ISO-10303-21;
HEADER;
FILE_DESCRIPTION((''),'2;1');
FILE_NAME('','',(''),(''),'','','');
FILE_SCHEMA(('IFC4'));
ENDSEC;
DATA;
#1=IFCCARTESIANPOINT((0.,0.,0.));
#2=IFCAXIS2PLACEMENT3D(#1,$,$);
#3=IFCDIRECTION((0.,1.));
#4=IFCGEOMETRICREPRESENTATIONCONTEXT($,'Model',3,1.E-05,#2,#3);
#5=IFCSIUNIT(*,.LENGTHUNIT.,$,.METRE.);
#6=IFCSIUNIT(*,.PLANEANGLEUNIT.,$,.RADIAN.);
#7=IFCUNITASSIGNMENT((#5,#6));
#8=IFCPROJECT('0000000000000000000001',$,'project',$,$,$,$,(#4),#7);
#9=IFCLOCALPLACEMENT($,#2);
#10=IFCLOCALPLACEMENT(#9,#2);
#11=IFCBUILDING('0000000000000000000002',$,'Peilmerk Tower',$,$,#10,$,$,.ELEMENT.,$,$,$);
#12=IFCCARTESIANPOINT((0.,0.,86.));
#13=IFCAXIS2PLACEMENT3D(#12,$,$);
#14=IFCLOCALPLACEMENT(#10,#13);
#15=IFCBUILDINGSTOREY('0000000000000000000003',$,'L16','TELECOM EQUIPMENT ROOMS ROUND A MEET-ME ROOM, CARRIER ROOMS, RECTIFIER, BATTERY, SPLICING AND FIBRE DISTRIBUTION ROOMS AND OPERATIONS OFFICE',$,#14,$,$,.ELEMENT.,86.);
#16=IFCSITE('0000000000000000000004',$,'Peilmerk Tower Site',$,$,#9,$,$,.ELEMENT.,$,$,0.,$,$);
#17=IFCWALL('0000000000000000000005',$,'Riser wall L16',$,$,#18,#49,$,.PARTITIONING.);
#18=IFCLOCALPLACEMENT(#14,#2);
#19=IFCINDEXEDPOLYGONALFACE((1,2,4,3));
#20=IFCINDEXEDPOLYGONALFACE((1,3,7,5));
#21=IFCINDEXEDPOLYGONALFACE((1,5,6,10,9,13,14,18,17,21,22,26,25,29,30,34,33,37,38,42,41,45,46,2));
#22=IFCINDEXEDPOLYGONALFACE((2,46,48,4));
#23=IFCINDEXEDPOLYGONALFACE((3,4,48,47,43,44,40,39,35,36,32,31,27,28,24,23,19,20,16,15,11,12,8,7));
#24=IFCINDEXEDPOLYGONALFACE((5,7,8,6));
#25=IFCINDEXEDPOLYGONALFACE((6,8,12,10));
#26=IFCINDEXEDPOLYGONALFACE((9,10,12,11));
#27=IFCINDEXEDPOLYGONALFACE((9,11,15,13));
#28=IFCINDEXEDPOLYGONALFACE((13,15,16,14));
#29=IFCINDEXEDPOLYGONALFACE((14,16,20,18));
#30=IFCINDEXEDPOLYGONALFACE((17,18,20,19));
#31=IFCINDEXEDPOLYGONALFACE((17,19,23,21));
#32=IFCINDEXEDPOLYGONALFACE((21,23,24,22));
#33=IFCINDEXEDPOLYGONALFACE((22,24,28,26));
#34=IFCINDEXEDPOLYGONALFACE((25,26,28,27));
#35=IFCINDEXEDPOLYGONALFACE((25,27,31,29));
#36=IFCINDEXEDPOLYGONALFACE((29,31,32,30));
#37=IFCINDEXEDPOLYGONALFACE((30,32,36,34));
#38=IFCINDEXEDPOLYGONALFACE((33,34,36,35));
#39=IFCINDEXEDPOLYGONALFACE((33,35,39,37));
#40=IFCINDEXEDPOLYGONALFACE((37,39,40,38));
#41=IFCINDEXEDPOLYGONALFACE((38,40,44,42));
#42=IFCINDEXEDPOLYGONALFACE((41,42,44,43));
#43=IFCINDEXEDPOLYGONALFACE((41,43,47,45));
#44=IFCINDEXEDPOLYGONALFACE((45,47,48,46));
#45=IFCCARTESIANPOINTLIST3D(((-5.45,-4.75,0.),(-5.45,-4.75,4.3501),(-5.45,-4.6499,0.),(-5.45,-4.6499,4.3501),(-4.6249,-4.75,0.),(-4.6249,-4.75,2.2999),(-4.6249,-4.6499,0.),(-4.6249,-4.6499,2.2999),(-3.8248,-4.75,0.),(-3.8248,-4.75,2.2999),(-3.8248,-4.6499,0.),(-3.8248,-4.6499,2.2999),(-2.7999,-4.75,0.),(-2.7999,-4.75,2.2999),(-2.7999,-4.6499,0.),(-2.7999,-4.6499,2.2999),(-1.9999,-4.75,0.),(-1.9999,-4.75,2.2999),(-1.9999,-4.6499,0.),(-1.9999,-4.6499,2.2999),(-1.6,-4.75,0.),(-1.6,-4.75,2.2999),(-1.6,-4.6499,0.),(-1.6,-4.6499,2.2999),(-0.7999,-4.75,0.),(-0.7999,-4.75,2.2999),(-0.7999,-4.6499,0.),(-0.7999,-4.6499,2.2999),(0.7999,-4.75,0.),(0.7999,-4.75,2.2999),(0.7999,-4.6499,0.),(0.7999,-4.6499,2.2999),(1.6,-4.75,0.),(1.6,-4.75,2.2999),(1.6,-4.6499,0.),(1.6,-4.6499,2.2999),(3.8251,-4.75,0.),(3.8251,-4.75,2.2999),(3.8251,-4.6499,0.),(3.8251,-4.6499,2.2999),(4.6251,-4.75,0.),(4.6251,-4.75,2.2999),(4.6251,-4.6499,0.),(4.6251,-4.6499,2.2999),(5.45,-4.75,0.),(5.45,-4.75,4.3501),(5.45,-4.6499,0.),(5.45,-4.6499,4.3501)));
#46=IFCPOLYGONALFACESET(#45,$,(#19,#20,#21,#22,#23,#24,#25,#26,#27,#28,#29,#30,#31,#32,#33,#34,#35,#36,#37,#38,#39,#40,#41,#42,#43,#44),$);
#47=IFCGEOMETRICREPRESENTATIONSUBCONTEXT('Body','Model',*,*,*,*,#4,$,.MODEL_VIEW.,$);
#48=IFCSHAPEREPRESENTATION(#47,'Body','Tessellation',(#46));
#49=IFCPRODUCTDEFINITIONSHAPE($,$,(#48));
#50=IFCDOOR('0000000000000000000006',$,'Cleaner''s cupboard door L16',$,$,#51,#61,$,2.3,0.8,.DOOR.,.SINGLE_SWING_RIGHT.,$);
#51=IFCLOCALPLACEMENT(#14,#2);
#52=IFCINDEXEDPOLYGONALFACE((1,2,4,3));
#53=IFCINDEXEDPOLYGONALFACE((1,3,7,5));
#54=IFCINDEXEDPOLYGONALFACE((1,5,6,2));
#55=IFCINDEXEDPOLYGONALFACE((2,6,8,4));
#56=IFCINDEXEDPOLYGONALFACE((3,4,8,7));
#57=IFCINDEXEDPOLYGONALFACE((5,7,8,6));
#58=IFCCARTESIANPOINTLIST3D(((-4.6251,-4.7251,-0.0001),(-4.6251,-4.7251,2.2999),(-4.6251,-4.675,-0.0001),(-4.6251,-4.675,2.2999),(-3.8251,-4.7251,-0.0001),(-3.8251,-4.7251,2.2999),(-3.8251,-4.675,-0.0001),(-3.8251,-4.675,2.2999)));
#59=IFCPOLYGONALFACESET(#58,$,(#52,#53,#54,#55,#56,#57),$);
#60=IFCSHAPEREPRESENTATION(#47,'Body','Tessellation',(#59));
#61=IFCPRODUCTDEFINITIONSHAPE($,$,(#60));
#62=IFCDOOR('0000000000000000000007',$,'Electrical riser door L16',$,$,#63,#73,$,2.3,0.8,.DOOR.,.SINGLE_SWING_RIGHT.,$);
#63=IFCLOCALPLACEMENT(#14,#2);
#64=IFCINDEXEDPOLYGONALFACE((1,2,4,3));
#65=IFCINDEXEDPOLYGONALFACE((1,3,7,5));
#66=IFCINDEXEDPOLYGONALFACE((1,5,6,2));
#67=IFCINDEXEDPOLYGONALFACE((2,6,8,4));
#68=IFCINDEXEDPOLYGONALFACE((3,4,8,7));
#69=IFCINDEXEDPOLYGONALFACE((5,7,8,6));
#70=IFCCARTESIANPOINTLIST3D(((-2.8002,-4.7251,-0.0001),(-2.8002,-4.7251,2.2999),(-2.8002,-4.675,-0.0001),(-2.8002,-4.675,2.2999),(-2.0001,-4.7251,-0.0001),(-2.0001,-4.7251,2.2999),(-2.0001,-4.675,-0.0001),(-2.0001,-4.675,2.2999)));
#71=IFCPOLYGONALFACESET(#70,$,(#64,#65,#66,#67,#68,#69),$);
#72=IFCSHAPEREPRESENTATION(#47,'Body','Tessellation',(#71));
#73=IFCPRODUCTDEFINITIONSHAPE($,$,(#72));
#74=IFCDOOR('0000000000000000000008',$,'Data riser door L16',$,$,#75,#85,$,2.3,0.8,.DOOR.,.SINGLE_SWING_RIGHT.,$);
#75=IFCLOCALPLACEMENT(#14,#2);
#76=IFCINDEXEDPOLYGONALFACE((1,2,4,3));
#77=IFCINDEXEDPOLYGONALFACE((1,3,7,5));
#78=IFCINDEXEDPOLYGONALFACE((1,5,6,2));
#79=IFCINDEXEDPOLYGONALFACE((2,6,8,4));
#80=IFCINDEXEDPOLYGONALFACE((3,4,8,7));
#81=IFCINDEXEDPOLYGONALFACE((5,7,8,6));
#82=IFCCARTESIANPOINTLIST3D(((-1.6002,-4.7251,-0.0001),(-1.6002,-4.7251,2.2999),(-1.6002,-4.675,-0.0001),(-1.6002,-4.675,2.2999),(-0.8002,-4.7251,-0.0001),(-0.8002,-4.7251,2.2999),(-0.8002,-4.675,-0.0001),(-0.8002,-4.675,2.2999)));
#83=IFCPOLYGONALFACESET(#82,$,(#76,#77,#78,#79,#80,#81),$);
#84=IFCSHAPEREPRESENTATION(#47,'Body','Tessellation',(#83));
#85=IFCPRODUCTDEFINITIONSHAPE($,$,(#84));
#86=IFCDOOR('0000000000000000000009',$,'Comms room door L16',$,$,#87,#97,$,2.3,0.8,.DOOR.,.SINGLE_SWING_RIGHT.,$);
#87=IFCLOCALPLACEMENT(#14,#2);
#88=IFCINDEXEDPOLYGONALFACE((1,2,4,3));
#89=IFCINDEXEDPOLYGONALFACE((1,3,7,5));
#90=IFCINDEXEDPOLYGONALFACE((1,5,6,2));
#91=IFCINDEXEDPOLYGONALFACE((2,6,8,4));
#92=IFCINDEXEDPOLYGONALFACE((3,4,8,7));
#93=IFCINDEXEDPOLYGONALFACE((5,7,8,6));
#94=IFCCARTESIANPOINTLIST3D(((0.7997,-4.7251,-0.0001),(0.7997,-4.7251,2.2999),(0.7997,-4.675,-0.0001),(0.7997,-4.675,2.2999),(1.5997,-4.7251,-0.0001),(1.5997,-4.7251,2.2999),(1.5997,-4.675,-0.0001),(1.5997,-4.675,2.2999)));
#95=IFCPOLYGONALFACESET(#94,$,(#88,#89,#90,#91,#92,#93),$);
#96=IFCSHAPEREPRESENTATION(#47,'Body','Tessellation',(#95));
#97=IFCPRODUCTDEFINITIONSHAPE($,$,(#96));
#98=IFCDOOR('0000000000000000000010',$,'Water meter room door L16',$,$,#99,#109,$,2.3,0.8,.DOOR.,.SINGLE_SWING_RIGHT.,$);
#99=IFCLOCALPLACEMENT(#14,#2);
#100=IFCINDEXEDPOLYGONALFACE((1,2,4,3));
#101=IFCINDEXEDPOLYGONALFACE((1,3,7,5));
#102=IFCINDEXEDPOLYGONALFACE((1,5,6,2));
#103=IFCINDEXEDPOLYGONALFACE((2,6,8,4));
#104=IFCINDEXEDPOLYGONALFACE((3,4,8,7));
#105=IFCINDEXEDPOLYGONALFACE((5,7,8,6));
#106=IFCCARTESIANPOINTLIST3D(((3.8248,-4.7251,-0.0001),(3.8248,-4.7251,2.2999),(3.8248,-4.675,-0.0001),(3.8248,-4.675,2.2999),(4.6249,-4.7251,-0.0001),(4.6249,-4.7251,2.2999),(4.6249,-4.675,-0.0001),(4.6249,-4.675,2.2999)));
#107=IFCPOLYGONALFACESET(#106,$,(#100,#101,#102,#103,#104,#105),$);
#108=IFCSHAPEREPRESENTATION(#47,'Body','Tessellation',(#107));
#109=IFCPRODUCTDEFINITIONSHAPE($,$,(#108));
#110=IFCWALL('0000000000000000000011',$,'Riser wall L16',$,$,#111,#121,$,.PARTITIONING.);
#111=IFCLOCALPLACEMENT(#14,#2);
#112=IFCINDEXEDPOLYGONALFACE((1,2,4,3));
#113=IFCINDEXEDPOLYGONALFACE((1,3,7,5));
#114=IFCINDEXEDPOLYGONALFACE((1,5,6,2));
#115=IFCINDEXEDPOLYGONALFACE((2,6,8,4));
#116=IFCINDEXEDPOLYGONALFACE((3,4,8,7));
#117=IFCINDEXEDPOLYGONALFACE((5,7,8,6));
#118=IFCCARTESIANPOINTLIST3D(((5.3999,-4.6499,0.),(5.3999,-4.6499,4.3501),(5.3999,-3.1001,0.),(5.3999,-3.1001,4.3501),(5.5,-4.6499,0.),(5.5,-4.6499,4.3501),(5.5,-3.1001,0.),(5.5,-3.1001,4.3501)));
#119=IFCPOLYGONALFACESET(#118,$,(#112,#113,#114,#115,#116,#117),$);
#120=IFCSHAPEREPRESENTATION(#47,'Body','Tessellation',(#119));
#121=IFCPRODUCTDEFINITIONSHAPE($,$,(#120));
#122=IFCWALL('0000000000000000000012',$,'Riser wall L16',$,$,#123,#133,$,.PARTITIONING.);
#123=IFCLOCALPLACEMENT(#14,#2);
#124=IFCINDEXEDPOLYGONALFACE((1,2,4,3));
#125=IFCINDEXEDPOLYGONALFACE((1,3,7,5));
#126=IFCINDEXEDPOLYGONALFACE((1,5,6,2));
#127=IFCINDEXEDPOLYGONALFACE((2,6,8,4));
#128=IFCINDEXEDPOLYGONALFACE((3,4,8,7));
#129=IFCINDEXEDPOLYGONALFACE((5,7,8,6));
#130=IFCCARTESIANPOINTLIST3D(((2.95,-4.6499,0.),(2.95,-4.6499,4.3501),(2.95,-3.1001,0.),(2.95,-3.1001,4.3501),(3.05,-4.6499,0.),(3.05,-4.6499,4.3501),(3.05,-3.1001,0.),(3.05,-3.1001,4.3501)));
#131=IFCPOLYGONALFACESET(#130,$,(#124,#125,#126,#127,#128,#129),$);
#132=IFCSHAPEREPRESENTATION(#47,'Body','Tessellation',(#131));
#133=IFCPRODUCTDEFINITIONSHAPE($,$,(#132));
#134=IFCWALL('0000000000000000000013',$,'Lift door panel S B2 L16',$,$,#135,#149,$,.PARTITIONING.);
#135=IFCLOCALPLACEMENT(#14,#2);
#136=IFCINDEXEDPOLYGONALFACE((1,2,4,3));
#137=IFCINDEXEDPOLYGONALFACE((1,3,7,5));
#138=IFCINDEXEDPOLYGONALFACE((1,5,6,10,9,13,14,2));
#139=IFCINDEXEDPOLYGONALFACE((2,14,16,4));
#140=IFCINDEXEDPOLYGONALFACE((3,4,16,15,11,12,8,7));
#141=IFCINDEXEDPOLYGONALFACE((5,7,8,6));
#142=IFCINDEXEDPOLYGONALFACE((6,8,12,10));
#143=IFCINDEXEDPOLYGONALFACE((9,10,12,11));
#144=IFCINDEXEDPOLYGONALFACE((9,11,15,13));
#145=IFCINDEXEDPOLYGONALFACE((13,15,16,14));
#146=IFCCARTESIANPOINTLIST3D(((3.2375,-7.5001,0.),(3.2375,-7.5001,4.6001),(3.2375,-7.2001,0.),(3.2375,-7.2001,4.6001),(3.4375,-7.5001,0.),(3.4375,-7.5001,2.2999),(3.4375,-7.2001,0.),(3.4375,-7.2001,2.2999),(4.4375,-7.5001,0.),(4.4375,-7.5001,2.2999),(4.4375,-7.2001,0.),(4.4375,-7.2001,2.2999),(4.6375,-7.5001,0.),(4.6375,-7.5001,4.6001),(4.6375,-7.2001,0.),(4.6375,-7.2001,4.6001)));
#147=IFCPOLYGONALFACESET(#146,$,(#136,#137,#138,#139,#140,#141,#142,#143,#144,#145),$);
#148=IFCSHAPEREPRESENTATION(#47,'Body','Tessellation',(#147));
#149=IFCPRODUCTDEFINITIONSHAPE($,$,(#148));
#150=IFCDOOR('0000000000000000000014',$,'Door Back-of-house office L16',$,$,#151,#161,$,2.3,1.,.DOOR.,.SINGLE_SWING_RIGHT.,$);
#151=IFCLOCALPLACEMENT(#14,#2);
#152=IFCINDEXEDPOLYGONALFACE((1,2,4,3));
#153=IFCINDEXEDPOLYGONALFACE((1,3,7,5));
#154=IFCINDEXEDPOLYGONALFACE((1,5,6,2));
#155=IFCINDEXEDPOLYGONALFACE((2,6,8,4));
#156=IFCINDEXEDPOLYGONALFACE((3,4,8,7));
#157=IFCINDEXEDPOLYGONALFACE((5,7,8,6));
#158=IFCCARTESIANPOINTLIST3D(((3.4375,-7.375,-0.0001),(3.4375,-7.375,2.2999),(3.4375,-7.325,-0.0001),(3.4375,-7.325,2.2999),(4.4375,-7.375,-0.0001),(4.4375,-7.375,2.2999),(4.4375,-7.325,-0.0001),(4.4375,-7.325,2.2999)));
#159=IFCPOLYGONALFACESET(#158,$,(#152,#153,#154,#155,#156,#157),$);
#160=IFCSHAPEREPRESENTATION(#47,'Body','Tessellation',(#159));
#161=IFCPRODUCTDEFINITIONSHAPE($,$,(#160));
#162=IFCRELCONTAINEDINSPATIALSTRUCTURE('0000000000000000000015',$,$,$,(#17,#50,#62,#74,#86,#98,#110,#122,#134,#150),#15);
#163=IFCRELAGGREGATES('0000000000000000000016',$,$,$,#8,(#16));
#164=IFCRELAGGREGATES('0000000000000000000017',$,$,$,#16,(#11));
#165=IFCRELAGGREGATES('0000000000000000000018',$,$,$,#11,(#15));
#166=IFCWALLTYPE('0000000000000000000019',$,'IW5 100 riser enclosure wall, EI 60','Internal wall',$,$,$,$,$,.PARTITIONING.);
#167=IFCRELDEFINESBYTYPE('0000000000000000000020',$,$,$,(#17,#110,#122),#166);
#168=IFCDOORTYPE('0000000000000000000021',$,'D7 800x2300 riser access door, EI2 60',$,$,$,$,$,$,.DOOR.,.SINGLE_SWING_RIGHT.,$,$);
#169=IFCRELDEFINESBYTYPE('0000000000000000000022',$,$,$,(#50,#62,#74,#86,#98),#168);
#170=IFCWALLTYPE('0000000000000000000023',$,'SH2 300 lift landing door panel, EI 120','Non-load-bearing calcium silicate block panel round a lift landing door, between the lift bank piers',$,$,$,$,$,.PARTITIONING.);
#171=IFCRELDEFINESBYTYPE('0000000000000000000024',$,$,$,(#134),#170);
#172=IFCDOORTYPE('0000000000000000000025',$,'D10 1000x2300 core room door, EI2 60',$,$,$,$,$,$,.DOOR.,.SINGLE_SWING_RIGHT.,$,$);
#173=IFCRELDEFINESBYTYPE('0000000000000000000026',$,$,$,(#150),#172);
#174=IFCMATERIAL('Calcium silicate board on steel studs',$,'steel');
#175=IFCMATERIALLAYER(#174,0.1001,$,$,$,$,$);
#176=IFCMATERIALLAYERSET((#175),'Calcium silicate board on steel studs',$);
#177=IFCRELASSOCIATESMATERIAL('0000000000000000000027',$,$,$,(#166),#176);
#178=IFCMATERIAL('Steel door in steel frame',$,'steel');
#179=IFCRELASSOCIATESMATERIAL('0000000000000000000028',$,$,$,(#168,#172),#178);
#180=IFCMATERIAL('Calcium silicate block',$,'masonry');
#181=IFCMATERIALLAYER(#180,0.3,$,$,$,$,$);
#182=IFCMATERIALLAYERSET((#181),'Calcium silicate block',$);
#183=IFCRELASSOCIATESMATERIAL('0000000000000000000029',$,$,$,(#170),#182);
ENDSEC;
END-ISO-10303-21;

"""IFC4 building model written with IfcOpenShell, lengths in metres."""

from ifc_helpers import new_model, si_unit, direction, frame, frame_2d, origin, place, context, subcontext, project, spatial, rectangle, extrude, material, layer, layer_set, type_object, element, fill, save


model = new_model("IFC4")

# Units and contexts
model_context = context("Model", 3, precision=1e-05, world=origin(), true_north=direction((0.0, 1.0)))
body_context = subcontext(model_context, "Body", "Model", "MODEL_VIEW")
ifc_project = project(units=[si_unit("LENGTHUNIT", "METRE"), si_unit("PLANEANGLEUNIT", "RADIAN")], contexts=[model_context])

# Site, building, storey
site_placement = place(None, origin())
site = spatial("IfcSite", under=ifc_project, at=site_placement, Name="Peilmerk Tower Site", CompositionType="ELEMENT", RefElevation=0.0)
building_placement = place(site_placement, origin())
building = spatial("IfcBuilding", under=site, at=building_placement, Name="Peilmerk Tower", CompositionType="ELEMENT")
storey_placement = place(building_placement, frame((0.0, 0.0, 86.0)))
storey = spatial("IfcBuildingStorey", under=building, at=storey_placement, Name="L16", Description="TELECOM EQUIPMENT ROOMS ROUND A MEET-ME ROOM, CARRIER ROOMS, RECTIFIER, BATTERY, SPLICING AND FIBRE DISTRIBUTION ROOMS AND OPERATIONS OFFICE", CompositionType="ELEMENT", Elevation=86.0)

# Shared definitions
ifc_material_1 = material(Name="Steel door in steel frame", Category="steel")

# Shared definitions
ifc_material_2 = material(Name="Calcium silicate board on steel studs", Category="steel")
ifc_layer_1 = layer(ifc_material_2, 0.1001)
ifc_layer_set_1 = layer_set([ifc_layer_1], Name="Calcium silicate board on steel studs")
wall_type_1 = type_object("IfcWallType", Name="IW5 100 riser enclosure wall, EI 60", Description="Internal wall", PredefinedType="PARTITIONING", material=ifc_layer_set_1)

# Wall, openings, doors
wall_1_placement = place(storey_placement, frame((5.45, -4.7, 0.0), z_axis=(0.0, 0.0, 1.0), x_axis=(-1.0, 0.0, 0.0)))
wall_1 = element("IfcWall", 1, at=wall_1_placement, inside=storey, type_object=wall_type_1, Name="Riser wall L16", PredefinedType="PARTITIONING", context=body_context, shape_type="SweptSolid", body=[
    extrude(rectangle(XDim=10.8999, YDim=0.1001, at=frame_2d((5.45, 0.0))), origin(), (0.0, 0.0, 1.0), 4.3501),
])
opening_1_placement = place(wall_1_placement, frame((9.2749, 0.0, 0.0)))
opening_1 = element("IfcOpeningElement", 2, at=opening_1_placement, cuts=wall_1, PredefinedType="OPENING", context=body_context, shape_type="SweptSolid", body=[
    extrude(rectangle(XDim=0.8, YDim=2.3, at=frame_2d((0.3999, 1.1499))), frame((0.0, 0.0601, 0.0), z_axis=(0.0, -1.0, 0.0), x_axis=(1.0, 0.0, 0.0)), (0.0, 0.0, 1.0), 0.1201),
])
opening_2_placement = place(wall_1_placement, frame((7.45, 0.0, 0.0)))
opening_2 = element("IfcOpeningElement", 3, at=opening_2_placement, cuts=wall_1, PredefinedType="OPENING", context=body_context, shape_type="SweptSolid", body=[
    extrude(rectangle(XDim=0.8, YDim=2.3, at=frame_2d((0.3999, 1.1499))), frame((0.0, 0.0601, 0.0), z_axis=(0.0, -1.0, 0.0), x_axis=(1.0, 0.0, 0.0)), (0.0, 0.0, 1.0), 0.1201),
])
opening_3_placement = place(wall_1_placement, frame((6.25, 0.0, 0.0)))
opening_3 = element("IfcOpeningElement", 4, at=opening_3_placement, cuts=wall_1, PredefinedType="OPENING", context=body_context, shape_type="SweptSolid", body=[
    extrude(rectangle(XDim=0.8, YDim=2.3, at=frame_2d((0.3999, 1.1499))), frame((0.0, 0.0601, 0.0), z_axis=(0.0, -1.0, 0.0), x_axis=(1.0, 0.0, 0.0)), (0.0, 0.0, 1.0), 0.1201),
])
opening_4_placement = place(wall_1_placement, frame((3.8501, 0.0, 0.0)))
opening_4 = element("IfcOpeningElement", 5, at=opening_4_placement, cuts=wall_1, PredefinedType="OPENING", context=body_context, shape_type="SweptSolid", body=[
    extrude(rectangle(XDim=0.8, YDim=2.3, at=frame_2d((0.3999, 1.1499))), frame((0.0, 0.0601, 0.0), z_axis=(0.0, -1.0, 0.0), x_axis=(1.0, 0.0, 0.0)), (0.0, 0.0, 1.0), 0.1201),
])
opening_5_placement = place(wall_1_placement, frame((0.825, 0.0, 0.0)))
opening_5 = element("IfcOpeningElement", 6, at=opening_5_placement, cuts=wall_1, PredefinedType="OPENING", context=body_context, shape_type="SweptSolid", body=[
    extrude(rectangle(XDim=0.8, YDim=2.3, at=frame_2d((0.3999, 1.1499))), frame((0.0, 0.0601, 0.0), z_axis=(0.0, -1.0, 0.0), x_axis=(1.0, 0.0, 0.0)), (0.0, 0.0, 1.0), 0.1201),
])
door_type_1 = type_object("IfcDoorType", Name="D7 800x2300 riser access door, EI2 60", OperationType="SINGLE_SWING_RIGHT", PredefinedType="DOOR", material=ifc_material_1)
door_1_placement = place(opening_1_placement, frame((0.8, 0.0, 0.0), z_axis=(0.0, 0.0, 1.0), x_axis=(-1.0, 0.0, 0.0)))
door_1 = element("IfcDoor", 7, at=door_1_placement, inside=storey, type_object=door_type_1, Name="Cleaner's cupboard door L16", OperationType="SINGLE_SWING_RIGHT", OverallHeight=2.3, OverallWidth=0.8, PredefinedType="DOOR", context=body_context, shape_type="SweptSolid", body=[
    extrude(rectangle(XDim=0.8, YDim=2.3, at=frame_2d((0.3999, 1.1499))), frame((0.0, 0.0249, 0.0), z_axis=(0.0, -1.0, 0.0), x_axis=(1.0, 0.0, 0.0)), (0.0, 0.0, 1.0), 0.05),
])
fill(opening_1, door_1)
door_2_placement = place(opening_2_placement, frame((0.8, 0.0, 0.0), z_axis=(0.0, 0.0, 1.0), x_axis=(-1.0, 0.0, 0.0)))
door_2 = element("IfcDoor", 8, at=door_2_placement, inside=storey, type_object=door_type_1, Name="Electrical riser door L16", OperationType="SINGLE_SWING_RIGHT", OverallHeight=2.3, OverallWidth=0.8, PredefinedType="DOOR", context=body_context, shape_type="SweptSolid", body=[
    extrude(rectangle(XDim=0.8, YDim=2.3, at=frame_2d((0.3999, 1.1499))), frame((0.0, 0.0249, 0.0), z_axis=(0.0, -1.0, 0.0), x_axis=(1.0, 0.0, 0.0)), (0.0, 0.0, 1.0), 0.05),
])
fill(opening_2, door_2)
door_3_placement = place(opening_3_placement, frame((0.8, 0.0, 0.0), z_axis=(0.0, 0.0, 1.0), x_axis=(-1.0, 0.0, 0.0)))
door_3 = element("IfcDoor", 9, at=door_3_placement, inside=storey, type_object=door_type_1, Name="Data riser door L16", OperationType="SINGLE_SWING_RIGHT", OverallHeight=2.3, OverallWidth=0.8, PredefinedType="DOOR", context=body_context, shape_type="SweptSolid", body=[
    extrude(rectangle(XDim=0.8, YDim=2.3, at=frame_2d((0.3999, 1.1499))), frame((0.0, 0.0249, 0.0), z_axis=(0.0, -1.0, 0.0), x_axis=(1.0, 0.0, 0.0)), (0.0, 0.0, 1.0), 0.05),
])
fill(opening_3, door_3)
door_4_placement = place(opening_4_placement, frame((0.8, 0.0, 0.0), z_axis=(0.0, 0.0, 1.0), x_axis=(-1.0, 0.0, 0.0)))
door_4 = element("IfcDoor", 10, at=door_4_placement, inside=storey, type_object=door_type_1, Name="Comms room door L16", OperationType="SINGLE_SWING_RIGHT", OverallHeight=2.3, OverallWidth=0.8, PredefinedType="DOOR", context=body_context, shape_type="SweptSolid", body=[
    extrude(rectangle(XDim=0.8, YDim=2.3, at=frame_2d((0.3999, 1.1499))), frame((0.0, 0.0249, 0.0), z_axis=(0.0, -1.0, 0.0), x_axis=(1.0, 0.0, 0.0)), (0.0, 0.0, 1.0), 0.05),
])
fill(opening_4, door_4)
door_5_placement = place(opening_5_placement, frame((0.8, 0.0, 0.0), z_axis=(0.0, 0.0, 1.0), x_axis=(-1.0, 0.0, 0.0)))
door_5 = element("IfcDoor", 11, at=door_5_placement, inside=storey, type_object=door_type_1, Name="Water meter room door L16", OperationType="SINGLE_SWING_RIGHT", OverallHeight=2.3, OverallWidth=0.8, PredefinedType="DOOR", context=body_context, shape_type="SweptSolid", body=[
    extrude(rectangle(XDim=0.8, YDim=2.3, at=frame_2d((0.3999, 1.1499))), frame((0.0, 0.0249, 0.0), z_axis=(0.0, -1.0, 0.0), x_axis=(1.0, 0.0, 0.0)), (0.0, 0.0, 1.0), 0.05),
])
fill(opening_5, door_5)

# Walls
for number, where, z_axis, x_axis, name in (
    (12, (5.45, -3.1001, 0.0), (0.0, 0.0, 1.0), (0.0, -1.0, 0.0), "Riser wall L16"),
    (13, (3.0, -3.1001, 0.0), (0.0, 0.0, 1.0), (0.0, -1.0, 0.0), "Riser wall L16"),
):
    element("IfcWall", number, at=place(storey_placement, frame(where, z_axis=z_axis, x_axis=x_axis)), inside=storey, type_object=wall_type_1, Name=name, PredefinedType="PARTITIONING", context=body_context, shape_type="SweptSolid", body=[
        extrude(rectangle(XDim=1.5498, YDim=0.1001, at=frame_2d((0.7749, 0.0))), origin(), (0.0, 0.0, 1.0), 4.3501),
    ])

# Wall, opening, door
ifc_material_3 = material(Name="Calcium silicate block", Category="masonry")
ifc_layer_2 = layer(ifc_material_3, 0.3)
ifc_layer_set_2 = layer_set([ifc_layer_2], Name="Calcium silicate block")
wall_type_2 = type_object("IfcWallType", Name="SH2 300 lift landing door panel, EI 120", Description="Non-load-bearing calcium silicate block panel round a lift landing door, between the lift bank piers", PredefinedType="PARTITIONING", material=ifc_layer_set_2)
wall_2_placement = place(storey_placement, frame((3.2375, -7.3501, 0.0), z_axis=(0.0, 0.0, 1.0), x_axis=(1.0, 0.0, 0.0)))
wall_2 = element("IfcWall", 14, at=wall_2_placement, inside=storey, type_object=wall_type_2, Name="Lift door panel S B2 L16", PredefinedType="PARTITIONING", context=body_context, shape_type="SweptSolid", body=[
    extrude(rectangle(XDim=1.3999, YDim=0.3, at=frame_2d((0.7, 0.0))), origin(), (0.0, 0.0, 1.0), 4.6001),
])
opening_6_placement = place(wall_2_placement, frame((0.2, 0.0, 0.0)))
opening_6 = element("IfcOpeningElement", 15, at=opening_6_placement, cuts=wall_2, PredefinedType="OPENING", context=body_context, shape_type="SweptSolid", body=[
    extrude(rectangle(XDim=1.0, YDim=2.3, at=frame_2d((0.5, 1.1499))), frame((0.0, 0.1599, 0.0), z_axis=(0.0, -1.0, 0.0), x_axis=(1.0, 0.0, 0.0)), (0.0, 0.0, 1.0), 0.3201),
])
door_type_2 = type_object("IfcDoorType", Name="D10 1000x2300 core room door, EI2 60", OperationType="SINGLE_SWING_RIGHT", PredefinedType="DOOR", material=ifc_material_1)
door_6_placement = place(opening_6_placement, frame((1.0, 0.0, 0.0), z_axis=(0.0, 0.0, 1.0), x_axis=(-1.0, 0.0, 0.0)))
door_6 = element("IfcDoor", 16, at=door_6_placement, inside=storey, type_object=door_type_2, Name="Door Back-of-house office L16", OperationType="SINGLE_SWING_RIGHT", OverallHeight=2.3, OverallWidth=1.0, PredefinedType="DOOR", context=body_context, shape_type="SweptSolid", body=[
    extrude(rectangle(XDim=1.0, YDim=2.3, at=frame_2d((0.5, 1.1499))), frame((0.0, 0.0249, 0.0), z_axis=(0.0, -1.0, 0.0), x_axis=(1.0, 0.0, 0.0)), (0.0, 0.0, 1.0), 0.05),
])
fill(opening_6, door_6)

save(model, "model.ifc")
